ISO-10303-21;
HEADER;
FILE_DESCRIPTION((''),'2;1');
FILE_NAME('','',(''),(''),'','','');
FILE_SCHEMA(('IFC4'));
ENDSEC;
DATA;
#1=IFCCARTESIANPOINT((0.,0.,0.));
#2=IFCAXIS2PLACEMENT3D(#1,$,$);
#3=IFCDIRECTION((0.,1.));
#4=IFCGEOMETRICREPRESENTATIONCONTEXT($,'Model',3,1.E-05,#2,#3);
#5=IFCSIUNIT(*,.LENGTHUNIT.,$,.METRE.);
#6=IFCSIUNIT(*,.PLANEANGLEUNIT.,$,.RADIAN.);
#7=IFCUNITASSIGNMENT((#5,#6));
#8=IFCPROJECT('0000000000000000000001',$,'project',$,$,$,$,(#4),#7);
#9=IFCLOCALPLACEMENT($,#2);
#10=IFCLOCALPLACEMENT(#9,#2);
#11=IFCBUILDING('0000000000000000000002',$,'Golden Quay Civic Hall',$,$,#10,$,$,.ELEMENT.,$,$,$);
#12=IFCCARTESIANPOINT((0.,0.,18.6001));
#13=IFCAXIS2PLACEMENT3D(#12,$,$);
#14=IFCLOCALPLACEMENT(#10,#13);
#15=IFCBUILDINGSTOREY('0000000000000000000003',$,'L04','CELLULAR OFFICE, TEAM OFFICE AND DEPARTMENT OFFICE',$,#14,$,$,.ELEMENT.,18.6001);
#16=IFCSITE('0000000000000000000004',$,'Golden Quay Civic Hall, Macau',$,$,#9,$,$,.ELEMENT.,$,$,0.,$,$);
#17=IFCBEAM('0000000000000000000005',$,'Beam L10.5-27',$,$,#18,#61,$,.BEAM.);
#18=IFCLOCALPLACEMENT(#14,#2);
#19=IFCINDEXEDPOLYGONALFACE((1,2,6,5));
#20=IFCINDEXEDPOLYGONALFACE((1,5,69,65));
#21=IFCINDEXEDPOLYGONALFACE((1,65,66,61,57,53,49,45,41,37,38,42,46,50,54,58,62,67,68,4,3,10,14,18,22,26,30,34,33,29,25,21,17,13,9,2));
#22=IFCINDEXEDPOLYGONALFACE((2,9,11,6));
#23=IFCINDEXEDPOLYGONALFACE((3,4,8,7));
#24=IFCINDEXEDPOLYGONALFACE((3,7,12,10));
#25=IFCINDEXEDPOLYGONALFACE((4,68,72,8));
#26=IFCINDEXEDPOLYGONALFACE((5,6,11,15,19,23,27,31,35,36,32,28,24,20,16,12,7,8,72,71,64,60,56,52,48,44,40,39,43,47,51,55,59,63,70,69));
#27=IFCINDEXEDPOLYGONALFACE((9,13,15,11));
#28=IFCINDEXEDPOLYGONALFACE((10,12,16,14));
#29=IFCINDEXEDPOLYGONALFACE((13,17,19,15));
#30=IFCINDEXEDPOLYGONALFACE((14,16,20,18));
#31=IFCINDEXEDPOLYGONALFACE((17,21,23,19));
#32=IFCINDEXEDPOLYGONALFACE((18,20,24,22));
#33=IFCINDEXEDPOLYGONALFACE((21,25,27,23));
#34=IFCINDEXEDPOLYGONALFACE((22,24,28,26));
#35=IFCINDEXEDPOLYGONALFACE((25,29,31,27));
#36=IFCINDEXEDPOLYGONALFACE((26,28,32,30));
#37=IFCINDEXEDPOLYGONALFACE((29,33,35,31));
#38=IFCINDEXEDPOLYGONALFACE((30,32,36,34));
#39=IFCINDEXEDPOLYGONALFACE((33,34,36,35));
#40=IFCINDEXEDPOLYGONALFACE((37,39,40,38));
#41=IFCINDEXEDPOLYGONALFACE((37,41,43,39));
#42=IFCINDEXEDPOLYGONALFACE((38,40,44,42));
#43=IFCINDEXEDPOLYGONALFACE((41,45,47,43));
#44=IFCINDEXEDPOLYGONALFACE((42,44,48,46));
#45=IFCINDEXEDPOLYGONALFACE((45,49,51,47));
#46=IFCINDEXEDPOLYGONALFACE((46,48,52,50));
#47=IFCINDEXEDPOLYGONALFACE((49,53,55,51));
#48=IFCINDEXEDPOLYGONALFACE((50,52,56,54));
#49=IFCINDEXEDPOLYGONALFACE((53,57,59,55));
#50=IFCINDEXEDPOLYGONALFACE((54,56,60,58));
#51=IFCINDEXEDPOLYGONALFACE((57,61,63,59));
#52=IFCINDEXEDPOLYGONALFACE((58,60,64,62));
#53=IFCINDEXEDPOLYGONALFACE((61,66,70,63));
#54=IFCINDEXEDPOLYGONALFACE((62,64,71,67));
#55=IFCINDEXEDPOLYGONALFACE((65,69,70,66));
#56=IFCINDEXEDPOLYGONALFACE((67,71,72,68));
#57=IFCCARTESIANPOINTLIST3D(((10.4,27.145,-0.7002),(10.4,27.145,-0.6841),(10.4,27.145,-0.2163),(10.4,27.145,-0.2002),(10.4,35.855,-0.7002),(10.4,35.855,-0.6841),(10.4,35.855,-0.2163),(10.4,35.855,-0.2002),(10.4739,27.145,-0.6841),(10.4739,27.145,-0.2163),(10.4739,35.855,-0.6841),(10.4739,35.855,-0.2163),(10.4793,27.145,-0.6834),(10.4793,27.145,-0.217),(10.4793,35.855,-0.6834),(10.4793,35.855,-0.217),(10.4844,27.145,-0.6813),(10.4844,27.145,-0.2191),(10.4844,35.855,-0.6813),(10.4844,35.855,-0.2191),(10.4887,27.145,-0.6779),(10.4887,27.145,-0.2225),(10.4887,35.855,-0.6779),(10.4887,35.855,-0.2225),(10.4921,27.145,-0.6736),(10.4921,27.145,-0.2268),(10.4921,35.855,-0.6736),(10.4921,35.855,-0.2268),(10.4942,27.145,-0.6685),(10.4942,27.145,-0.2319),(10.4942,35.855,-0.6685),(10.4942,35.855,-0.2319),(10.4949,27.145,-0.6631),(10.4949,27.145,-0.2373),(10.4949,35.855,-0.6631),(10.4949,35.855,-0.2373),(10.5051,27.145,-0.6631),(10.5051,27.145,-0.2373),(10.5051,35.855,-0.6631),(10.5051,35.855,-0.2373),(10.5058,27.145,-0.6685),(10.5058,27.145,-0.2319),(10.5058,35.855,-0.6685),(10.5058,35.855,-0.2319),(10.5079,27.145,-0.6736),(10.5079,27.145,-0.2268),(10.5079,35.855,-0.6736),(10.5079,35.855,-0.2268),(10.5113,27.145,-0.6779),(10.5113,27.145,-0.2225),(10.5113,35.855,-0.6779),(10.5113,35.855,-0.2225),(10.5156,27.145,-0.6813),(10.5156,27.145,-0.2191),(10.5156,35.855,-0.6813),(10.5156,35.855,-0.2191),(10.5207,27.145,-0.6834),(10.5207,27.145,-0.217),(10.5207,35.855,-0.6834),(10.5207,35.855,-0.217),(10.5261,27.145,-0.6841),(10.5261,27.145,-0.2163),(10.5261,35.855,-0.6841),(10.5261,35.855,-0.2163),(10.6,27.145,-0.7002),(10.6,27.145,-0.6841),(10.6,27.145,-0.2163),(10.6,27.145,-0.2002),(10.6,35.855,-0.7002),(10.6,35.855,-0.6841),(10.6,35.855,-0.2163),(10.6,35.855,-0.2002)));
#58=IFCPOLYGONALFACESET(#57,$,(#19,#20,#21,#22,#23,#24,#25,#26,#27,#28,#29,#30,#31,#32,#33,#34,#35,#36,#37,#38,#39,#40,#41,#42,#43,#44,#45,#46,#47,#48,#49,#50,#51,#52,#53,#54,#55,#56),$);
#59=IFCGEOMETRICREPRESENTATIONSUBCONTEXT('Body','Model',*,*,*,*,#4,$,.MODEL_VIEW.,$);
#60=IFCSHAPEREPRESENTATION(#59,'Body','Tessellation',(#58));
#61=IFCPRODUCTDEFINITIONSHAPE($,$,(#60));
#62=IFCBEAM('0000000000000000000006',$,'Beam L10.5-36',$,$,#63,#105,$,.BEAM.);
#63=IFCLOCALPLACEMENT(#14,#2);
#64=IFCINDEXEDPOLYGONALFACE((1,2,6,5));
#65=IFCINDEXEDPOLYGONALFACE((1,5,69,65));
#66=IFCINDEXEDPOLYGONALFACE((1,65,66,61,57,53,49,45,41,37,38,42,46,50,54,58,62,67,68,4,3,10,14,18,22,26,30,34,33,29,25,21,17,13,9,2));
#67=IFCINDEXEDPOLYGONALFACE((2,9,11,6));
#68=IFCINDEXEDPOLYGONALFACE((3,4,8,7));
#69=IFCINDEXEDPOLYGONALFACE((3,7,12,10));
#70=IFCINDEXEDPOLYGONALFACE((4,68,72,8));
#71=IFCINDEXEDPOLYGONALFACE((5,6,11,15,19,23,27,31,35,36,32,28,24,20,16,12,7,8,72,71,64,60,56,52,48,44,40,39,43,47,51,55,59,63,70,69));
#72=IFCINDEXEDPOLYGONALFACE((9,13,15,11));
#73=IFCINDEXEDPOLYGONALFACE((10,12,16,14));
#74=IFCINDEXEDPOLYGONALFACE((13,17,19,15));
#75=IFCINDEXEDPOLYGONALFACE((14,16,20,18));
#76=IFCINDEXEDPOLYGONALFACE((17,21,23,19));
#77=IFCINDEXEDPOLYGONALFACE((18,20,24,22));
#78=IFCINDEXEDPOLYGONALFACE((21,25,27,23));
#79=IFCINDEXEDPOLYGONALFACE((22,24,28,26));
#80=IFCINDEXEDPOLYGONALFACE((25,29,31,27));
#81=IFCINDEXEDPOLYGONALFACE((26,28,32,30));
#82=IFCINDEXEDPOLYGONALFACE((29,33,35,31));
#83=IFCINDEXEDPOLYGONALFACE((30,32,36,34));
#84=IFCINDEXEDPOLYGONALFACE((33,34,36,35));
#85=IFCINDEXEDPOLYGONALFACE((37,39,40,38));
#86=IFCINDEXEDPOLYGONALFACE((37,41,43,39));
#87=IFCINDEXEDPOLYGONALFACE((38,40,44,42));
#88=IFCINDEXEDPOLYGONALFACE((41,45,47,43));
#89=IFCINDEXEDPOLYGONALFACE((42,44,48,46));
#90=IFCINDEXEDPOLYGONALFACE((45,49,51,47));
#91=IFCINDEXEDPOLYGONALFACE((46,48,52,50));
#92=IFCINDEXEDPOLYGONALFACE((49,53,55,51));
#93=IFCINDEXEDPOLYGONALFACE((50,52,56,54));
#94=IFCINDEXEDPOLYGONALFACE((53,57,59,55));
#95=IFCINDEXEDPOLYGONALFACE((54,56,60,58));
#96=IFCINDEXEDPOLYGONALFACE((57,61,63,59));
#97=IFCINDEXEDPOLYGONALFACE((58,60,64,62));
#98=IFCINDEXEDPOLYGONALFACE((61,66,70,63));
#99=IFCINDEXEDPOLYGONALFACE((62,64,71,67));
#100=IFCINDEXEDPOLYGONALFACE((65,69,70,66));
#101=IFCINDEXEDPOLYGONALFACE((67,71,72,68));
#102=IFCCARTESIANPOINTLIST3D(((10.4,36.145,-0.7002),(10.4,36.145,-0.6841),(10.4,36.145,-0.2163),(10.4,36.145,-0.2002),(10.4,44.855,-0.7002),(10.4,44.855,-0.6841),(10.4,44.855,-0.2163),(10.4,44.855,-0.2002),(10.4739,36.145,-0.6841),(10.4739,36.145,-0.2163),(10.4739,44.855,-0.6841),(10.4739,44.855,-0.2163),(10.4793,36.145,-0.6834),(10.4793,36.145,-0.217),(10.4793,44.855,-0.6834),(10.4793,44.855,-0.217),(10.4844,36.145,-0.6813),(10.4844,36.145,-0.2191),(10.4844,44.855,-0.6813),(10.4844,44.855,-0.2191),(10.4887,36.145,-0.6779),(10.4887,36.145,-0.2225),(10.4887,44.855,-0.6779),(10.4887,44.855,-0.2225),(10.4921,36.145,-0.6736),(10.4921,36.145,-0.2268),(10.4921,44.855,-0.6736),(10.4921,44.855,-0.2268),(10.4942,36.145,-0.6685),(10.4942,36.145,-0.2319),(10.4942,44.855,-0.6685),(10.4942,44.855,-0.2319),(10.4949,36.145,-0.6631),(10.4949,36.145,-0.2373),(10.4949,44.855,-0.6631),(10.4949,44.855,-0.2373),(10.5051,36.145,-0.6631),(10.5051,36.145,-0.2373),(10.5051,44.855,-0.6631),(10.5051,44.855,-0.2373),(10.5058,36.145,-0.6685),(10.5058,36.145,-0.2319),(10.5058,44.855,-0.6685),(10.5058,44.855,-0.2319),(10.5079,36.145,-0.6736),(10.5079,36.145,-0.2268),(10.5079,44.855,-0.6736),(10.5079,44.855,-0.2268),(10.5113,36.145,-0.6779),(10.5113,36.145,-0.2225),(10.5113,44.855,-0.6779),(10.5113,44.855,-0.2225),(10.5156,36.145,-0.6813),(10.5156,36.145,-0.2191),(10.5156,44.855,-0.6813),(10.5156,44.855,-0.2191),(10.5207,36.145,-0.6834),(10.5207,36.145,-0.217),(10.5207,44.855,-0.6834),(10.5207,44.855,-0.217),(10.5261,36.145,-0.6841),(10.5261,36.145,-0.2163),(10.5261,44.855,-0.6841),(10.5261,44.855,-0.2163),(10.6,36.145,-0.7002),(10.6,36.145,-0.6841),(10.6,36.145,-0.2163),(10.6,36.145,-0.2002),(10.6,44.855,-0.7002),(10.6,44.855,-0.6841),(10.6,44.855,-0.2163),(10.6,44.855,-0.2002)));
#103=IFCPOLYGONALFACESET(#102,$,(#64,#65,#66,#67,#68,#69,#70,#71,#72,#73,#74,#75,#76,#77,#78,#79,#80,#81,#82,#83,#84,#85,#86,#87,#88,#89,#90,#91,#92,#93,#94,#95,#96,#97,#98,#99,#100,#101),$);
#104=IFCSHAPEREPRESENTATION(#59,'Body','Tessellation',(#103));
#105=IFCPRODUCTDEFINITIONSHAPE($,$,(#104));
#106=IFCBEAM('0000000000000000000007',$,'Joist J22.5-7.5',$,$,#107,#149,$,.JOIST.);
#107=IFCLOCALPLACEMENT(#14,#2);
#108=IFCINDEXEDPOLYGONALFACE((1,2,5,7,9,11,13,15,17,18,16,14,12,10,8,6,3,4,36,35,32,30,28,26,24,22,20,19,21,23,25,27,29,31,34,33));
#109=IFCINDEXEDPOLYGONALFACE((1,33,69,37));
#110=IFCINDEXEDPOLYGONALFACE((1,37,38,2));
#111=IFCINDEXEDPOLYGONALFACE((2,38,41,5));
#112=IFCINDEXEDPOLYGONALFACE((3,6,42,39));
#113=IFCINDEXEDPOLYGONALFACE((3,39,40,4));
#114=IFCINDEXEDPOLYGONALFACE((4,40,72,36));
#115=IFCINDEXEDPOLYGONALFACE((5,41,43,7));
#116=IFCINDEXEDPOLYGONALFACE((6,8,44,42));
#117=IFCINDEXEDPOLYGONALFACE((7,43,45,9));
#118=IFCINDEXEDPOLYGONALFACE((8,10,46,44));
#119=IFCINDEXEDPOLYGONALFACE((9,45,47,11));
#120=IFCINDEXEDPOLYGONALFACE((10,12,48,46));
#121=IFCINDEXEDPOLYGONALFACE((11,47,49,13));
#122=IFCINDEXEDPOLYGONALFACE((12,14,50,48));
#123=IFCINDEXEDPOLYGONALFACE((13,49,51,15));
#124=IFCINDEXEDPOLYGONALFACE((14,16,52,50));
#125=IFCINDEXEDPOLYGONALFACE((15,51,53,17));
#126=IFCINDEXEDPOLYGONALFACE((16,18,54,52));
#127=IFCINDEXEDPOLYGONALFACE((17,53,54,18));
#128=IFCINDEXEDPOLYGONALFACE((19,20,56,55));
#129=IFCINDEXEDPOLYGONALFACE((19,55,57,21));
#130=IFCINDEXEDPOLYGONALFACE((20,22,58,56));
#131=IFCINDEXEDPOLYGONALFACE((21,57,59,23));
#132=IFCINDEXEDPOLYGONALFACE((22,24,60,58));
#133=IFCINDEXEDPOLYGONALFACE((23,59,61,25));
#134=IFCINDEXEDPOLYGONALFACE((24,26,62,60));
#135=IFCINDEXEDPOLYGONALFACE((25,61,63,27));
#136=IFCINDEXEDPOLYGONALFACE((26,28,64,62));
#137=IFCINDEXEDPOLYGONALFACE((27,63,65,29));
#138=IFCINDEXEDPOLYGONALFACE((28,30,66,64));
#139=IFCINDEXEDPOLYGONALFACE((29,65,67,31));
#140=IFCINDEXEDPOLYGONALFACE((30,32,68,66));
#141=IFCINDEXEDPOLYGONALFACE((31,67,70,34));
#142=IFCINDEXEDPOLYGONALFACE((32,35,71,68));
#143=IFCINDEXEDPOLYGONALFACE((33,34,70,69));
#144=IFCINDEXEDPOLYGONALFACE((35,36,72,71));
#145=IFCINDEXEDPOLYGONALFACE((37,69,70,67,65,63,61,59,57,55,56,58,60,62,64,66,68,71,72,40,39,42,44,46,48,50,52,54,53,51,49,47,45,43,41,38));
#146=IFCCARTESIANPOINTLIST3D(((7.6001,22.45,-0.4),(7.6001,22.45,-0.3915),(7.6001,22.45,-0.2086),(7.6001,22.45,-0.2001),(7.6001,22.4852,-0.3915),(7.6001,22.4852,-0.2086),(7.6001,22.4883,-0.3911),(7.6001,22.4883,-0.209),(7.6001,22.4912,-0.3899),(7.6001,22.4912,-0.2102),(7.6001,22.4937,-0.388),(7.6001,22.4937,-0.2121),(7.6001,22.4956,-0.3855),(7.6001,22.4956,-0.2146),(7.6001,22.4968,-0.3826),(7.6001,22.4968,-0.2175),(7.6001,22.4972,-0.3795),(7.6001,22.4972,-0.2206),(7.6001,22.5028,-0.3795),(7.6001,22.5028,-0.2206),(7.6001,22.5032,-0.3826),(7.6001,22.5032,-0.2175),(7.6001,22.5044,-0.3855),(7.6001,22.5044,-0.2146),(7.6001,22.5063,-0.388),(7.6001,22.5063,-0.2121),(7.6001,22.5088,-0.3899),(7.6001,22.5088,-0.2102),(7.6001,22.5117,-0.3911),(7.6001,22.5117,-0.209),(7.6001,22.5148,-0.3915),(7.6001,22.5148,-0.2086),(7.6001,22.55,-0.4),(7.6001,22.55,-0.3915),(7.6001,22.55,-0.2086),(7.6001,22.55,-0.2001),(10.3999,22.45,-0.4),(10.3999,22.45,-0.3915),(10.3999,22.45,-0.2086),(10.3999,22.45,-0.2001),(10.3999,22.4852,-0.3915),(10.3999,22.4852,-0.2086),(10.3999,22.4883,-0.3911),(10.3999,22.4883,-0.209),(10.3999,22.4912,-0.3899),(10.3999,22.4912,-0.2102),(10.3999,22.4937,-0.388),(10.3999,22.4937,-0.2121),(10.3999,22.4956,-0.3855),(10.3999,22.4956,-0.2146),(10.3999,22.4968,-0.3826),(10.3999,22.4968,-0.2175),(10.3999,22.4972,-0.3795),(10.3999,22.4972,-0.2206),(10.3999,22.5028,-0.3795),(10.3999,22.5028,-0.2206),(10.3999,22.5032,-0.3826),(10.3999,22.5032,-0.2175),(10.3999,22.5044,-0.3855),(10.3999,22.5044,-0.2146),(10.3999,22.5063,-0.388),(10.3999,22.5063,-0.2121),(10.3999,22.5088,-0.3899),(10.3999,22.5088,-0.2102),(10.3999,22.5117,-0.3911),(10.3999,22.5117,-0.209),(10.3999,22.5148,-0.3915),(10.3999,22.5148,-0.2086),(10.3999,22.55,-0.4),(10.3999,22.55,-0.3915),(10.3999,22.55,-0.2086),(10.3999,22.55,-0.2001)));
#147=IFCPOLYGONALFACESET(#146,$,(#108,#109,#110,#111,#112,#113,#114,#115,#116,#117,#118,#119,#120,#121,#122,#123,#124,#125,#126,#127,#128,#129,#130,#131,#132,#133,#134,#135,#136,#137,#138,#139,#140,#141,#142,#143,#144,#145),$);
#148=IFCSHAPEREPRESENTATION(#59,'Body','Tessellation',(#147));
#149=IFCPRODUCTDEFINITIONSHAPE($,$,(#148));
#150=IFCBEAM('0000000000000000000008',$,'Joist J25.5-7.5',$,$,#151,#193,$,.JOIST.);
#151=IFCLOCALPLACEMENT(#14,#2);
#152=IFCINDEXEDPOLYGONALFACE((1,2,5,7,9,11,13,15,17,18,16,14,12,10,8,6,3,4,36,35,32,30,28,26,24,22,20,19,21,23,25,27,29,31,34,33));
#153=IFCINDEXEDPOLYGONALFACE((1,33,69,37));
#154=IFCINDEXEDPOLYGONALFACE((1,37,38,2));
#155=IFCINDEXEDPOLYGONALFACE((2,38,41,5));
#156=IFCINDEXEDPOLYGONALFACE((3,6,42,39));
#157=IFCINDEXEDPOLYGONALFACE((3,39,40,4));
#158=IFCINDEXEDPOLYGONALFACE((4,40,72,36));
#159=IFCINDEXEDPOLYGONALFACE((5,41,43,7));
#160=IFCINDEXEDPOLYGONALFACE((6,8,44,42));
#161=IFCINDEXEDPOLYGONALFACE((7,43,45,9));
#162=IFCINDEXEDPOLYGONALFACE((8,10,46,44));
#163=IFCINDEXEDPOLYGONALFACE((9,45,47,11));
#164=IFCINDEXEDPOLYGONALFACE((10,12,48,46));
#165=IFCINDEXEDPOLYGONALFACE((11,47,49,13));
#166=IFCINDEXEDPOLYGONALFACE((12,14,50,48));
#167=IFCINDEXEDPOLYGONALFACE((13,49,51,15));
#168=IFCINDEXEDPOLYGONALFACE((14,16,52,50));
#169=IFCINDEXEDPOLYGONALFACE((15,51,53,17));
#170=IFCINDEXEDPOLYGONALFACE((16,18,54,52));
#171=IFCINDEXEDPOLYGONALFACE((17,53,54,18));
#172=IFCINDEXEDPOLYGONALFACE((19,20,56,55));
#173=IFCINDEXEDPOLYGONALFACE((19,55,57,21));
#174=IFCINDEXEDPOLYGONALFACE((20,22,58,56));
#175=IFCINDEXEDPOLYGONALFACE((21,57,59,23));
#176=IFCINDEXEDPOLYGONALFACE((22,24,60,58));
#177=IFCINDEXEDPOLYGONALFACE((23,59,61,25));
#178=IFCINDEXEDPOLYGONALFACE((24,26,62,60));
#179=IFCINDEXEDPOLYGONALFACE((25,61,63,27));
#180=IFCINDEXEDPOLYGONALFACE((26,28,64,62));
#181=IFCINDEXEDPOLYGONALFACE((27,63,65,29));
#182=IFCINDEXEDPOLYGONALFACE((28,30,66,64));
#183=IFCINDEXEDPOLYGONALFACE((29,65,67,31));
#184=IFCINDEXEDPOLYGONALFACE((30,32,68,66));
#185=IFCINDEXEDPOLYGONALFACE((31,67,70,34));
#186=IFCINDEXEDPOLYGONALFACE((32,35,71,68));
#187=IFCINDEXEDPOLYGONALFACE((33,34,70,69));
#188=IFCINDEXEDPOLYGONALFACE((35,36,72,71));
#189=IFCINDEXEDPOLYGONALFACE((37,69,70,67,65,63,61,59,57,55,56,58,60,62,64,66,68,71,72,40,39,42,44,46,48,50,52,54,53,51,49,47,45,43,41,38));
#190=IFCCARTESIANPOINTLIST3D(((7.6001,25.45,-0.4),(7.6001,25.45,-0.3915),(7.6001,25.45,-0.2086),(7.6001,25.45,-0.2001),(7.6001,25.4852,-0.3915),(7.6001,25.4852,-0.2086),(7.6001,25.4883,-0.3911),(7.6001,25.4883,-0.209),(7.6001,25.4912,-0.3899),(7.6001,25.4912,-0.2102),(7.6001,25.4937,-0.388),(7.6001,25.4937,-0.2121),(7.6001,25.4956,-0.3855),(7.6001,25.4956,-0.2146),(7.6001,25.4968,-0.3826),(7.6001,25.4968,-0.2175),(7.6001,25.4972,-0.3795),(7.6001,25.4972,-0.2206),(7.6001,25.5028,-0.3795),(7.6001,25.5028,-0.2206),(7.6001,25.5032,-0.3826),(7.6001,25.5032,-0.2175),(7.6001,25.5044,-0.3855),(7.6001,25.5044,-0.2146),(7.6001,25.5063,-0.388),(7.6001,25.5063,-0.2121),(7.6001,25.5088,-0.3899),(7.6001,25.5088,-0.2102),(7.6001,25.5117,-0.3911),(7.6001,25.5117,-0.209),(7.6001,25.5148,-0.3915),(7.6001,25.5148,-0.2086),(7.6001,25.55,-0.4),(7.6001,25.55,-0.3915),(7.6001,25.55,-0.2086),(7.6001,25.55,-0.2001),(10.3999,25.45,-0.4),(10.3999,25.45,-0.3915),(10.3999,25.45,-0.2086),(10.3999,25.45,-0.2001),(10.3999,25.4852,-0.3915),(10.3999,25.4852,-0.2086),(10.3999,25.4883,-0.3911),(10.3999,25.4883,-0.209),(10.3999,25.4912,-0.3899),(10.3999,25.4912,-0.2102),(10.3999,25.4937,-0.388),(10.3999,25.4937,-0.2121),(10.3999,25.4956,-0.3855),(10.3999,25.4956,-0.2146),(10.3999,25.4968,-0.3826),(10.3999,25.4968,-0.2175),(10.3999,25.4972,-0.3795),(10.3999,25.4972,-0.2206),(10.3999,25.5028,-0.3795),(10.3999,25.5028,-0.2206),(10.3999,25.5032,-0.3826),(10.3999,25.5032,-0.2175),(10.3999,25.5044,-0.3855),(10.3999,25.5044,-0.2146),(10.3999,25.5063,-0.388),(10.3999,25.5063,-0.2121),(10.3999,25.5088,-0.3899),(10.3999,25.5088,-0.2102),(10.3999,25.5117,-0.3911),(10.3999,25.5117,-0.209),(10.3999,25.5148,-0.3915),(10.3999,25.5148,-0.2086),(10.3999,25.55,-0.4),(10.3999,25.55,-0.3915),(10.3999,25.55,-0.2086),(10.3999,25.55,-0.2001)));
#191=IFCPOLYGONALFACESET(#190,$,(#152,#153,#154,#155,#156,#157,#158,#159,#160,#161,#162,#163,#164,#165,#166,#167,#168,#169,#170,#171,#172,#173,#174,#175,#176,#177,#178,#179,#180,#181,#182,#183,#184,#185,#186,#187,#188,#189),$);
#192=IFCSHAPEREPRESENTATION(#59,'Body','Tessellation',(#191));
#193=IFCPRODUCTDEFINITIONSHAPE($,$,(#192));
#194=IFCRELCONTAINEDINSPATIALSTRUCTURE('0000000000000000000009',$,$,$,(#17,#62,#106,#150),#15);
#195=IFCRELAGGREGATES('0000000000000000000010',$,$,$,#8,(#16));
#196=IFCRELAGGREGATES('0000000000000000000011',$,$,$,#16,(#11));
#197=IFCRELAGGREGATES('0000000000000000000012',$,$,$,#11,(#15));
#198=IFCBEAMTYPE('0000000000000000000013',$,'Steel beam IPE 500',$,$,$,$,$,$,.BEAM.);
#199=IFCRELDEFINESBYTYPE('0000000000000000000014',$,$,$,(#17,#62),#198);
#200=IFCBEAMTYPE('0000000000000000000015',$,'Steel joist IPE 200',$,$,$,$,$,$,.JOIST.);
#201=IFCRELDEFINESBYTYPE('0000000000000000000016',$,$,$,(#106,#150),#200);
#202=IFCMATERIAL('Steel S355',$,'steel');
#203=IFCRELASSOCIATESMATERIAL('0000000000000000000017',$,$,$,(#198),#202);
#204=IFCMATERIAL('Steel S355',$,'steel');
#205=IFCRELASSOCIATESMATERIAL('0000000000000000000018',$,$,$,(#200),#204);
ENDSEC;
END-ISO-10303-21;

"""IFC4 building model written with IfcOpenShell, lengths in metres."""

from ifc_helpers import new_model, si_unit, direction, frame, origin, origin_2d, place, context, subcontext, project, spatial, i_section, extrude, material, material_profile, profile_set, type_object, element, save


model = new_model("IFC4")

# Units and contexts
model_context = context("Model", 3, precision=1e-05, world=origin(), true_north=direction((0.0, 1.0)))
body_context = subcontext(model_context, "Body", "Model", "MODEL_VIEW")
ifc_project = project(units=[si_unit("LENGTHUNIT", "METRE"), si_unit("PLANEANGLEUNIT", "RADIAN")], contexts=[model_context])

# Site, building, storey
site_placement = place(None, origin())
site = spatial("IfcSite", under=ifc_project, at=site_placement, Name="Golden Quay Civic Hall, Macau", CompositionType="ELEMENT", RefElevation=0.0)
building_placement = place(site_placement, origin())
building = spatial("IfcBuilding", under=site, at=building_placement, Name="Golden Quay Civic Hall", CompositionType="ELEMENT")
storey_placement = place(building_placement, frame((0.0, 0.0, 18.6001)))
storey = spatial("IfcBuildingStorey", under=building, at=storey_placement, Name="L04", Description="CELLULAR OFFICE, TEAM OFFICE AND DEPARTMENT OFFICE", CompositionType="ELEMENT", Elevation=18.6001)

# Beams
ifc_material_1 = material(Name="Steel S355", Category="steel")
ifc_material_profile_1 = material_profile(ifc_material_1, i_section(OverallWidth=0.2, OverallDepth=0.5, WebThickness=0.0103, FlangeThickness=0.0161, FilletRadius=0.021, at=origin_2d()), Name="IPE 500")
ifc_profile_set_1 = profile_set([ifc_material_profile_1], Name="Steel S355")
beam_type_1 = type_object("IfcBeamType", Name="Steel beam IPE 500", PredefinedType="BEAM", material=ifc_profile_set_1)
for number, where, z_axis, x_axis, name in (
    (1, (10.5, 27.145, -0.4502), (0.0, 1.0, 0.0), (-1.0, 0.0, 0.0), "Beam L10.5-27"),
    (2, (10.5, 36.145, -0.4502), (0.0, 1.0, 0.0), (-1.0, 0.0, 0.0), "Beam L10.5-36"),
):
    element("IfcBeam", number, at=place(storey_placement, frame(where, z_axis=z_axis, x_axis=x_axis)), inside=storey, type_object=beam_type_1, Name=name, PredefinedType="BEAM", context=body_context, shape_type="SweptSolid", body=[
        extrude(i_section(OverallWidth=0.2, OverallDepth=0.5, WebThickness=0.0103, FlangeThickness=0.0161, FilletRadius=0.021, at=origin_2d()), origin(), (0.0, 0.0, 1.0), 8.71),
    ])
ifc_material_2 = material(Name="Steel S355", Category="steel")
ifc_material_profile_2 = material_profile(ifc_material_2, i_section(OverallWidth=0.1001, OverallDepth=0.2, WebThickness=0.0056, FlangeThickness=0.0085, FilletRadius=0.012, at=origin_2d()), Name="IPE 200")
ifc_profile_set_2 = profile_set([ifc_material_profile_2], Name="Steel S355")
beam_type_2 = type_object("IfcBeamType", Name="Steel joist IPE 200", PredefinedType="JOIST", material=ifc_profile_set_2)
for number, where, z_axis, x_axis, name in (
    (3, (7.6001, 22.5, -0.3), (1.0, 0.0, 0.0), (0.0, 1.0, 0.0), "Joist J22.5-7.5"),
    (4, (7.6001, 25.5, -0.3), (1.0, 0.0, 0.0), (0.0, 1.0, 0.0), "Joist J25.5-7.5"),
):
    element("IfcBeam", number, at=place(storey_placement, frame(where, z_axis=z_axis, x_axis=x_axis)), inside=storey, type_object=beam_type_2, Name=name, PredefinedType="JOIST", context=body_context, shape_type="SweptSolid", body=[
        extrude(i_section(OverallWidth=0.1001, OverallDepth=0.2, WebThickness=0.0056, FlangeThickness=0.0085, FilletRadius=0.012, at=origin_2d()), origin(), (0.0, 0.0, 1.0), 2.7998),
    ])

save(model, "model.ifc")
